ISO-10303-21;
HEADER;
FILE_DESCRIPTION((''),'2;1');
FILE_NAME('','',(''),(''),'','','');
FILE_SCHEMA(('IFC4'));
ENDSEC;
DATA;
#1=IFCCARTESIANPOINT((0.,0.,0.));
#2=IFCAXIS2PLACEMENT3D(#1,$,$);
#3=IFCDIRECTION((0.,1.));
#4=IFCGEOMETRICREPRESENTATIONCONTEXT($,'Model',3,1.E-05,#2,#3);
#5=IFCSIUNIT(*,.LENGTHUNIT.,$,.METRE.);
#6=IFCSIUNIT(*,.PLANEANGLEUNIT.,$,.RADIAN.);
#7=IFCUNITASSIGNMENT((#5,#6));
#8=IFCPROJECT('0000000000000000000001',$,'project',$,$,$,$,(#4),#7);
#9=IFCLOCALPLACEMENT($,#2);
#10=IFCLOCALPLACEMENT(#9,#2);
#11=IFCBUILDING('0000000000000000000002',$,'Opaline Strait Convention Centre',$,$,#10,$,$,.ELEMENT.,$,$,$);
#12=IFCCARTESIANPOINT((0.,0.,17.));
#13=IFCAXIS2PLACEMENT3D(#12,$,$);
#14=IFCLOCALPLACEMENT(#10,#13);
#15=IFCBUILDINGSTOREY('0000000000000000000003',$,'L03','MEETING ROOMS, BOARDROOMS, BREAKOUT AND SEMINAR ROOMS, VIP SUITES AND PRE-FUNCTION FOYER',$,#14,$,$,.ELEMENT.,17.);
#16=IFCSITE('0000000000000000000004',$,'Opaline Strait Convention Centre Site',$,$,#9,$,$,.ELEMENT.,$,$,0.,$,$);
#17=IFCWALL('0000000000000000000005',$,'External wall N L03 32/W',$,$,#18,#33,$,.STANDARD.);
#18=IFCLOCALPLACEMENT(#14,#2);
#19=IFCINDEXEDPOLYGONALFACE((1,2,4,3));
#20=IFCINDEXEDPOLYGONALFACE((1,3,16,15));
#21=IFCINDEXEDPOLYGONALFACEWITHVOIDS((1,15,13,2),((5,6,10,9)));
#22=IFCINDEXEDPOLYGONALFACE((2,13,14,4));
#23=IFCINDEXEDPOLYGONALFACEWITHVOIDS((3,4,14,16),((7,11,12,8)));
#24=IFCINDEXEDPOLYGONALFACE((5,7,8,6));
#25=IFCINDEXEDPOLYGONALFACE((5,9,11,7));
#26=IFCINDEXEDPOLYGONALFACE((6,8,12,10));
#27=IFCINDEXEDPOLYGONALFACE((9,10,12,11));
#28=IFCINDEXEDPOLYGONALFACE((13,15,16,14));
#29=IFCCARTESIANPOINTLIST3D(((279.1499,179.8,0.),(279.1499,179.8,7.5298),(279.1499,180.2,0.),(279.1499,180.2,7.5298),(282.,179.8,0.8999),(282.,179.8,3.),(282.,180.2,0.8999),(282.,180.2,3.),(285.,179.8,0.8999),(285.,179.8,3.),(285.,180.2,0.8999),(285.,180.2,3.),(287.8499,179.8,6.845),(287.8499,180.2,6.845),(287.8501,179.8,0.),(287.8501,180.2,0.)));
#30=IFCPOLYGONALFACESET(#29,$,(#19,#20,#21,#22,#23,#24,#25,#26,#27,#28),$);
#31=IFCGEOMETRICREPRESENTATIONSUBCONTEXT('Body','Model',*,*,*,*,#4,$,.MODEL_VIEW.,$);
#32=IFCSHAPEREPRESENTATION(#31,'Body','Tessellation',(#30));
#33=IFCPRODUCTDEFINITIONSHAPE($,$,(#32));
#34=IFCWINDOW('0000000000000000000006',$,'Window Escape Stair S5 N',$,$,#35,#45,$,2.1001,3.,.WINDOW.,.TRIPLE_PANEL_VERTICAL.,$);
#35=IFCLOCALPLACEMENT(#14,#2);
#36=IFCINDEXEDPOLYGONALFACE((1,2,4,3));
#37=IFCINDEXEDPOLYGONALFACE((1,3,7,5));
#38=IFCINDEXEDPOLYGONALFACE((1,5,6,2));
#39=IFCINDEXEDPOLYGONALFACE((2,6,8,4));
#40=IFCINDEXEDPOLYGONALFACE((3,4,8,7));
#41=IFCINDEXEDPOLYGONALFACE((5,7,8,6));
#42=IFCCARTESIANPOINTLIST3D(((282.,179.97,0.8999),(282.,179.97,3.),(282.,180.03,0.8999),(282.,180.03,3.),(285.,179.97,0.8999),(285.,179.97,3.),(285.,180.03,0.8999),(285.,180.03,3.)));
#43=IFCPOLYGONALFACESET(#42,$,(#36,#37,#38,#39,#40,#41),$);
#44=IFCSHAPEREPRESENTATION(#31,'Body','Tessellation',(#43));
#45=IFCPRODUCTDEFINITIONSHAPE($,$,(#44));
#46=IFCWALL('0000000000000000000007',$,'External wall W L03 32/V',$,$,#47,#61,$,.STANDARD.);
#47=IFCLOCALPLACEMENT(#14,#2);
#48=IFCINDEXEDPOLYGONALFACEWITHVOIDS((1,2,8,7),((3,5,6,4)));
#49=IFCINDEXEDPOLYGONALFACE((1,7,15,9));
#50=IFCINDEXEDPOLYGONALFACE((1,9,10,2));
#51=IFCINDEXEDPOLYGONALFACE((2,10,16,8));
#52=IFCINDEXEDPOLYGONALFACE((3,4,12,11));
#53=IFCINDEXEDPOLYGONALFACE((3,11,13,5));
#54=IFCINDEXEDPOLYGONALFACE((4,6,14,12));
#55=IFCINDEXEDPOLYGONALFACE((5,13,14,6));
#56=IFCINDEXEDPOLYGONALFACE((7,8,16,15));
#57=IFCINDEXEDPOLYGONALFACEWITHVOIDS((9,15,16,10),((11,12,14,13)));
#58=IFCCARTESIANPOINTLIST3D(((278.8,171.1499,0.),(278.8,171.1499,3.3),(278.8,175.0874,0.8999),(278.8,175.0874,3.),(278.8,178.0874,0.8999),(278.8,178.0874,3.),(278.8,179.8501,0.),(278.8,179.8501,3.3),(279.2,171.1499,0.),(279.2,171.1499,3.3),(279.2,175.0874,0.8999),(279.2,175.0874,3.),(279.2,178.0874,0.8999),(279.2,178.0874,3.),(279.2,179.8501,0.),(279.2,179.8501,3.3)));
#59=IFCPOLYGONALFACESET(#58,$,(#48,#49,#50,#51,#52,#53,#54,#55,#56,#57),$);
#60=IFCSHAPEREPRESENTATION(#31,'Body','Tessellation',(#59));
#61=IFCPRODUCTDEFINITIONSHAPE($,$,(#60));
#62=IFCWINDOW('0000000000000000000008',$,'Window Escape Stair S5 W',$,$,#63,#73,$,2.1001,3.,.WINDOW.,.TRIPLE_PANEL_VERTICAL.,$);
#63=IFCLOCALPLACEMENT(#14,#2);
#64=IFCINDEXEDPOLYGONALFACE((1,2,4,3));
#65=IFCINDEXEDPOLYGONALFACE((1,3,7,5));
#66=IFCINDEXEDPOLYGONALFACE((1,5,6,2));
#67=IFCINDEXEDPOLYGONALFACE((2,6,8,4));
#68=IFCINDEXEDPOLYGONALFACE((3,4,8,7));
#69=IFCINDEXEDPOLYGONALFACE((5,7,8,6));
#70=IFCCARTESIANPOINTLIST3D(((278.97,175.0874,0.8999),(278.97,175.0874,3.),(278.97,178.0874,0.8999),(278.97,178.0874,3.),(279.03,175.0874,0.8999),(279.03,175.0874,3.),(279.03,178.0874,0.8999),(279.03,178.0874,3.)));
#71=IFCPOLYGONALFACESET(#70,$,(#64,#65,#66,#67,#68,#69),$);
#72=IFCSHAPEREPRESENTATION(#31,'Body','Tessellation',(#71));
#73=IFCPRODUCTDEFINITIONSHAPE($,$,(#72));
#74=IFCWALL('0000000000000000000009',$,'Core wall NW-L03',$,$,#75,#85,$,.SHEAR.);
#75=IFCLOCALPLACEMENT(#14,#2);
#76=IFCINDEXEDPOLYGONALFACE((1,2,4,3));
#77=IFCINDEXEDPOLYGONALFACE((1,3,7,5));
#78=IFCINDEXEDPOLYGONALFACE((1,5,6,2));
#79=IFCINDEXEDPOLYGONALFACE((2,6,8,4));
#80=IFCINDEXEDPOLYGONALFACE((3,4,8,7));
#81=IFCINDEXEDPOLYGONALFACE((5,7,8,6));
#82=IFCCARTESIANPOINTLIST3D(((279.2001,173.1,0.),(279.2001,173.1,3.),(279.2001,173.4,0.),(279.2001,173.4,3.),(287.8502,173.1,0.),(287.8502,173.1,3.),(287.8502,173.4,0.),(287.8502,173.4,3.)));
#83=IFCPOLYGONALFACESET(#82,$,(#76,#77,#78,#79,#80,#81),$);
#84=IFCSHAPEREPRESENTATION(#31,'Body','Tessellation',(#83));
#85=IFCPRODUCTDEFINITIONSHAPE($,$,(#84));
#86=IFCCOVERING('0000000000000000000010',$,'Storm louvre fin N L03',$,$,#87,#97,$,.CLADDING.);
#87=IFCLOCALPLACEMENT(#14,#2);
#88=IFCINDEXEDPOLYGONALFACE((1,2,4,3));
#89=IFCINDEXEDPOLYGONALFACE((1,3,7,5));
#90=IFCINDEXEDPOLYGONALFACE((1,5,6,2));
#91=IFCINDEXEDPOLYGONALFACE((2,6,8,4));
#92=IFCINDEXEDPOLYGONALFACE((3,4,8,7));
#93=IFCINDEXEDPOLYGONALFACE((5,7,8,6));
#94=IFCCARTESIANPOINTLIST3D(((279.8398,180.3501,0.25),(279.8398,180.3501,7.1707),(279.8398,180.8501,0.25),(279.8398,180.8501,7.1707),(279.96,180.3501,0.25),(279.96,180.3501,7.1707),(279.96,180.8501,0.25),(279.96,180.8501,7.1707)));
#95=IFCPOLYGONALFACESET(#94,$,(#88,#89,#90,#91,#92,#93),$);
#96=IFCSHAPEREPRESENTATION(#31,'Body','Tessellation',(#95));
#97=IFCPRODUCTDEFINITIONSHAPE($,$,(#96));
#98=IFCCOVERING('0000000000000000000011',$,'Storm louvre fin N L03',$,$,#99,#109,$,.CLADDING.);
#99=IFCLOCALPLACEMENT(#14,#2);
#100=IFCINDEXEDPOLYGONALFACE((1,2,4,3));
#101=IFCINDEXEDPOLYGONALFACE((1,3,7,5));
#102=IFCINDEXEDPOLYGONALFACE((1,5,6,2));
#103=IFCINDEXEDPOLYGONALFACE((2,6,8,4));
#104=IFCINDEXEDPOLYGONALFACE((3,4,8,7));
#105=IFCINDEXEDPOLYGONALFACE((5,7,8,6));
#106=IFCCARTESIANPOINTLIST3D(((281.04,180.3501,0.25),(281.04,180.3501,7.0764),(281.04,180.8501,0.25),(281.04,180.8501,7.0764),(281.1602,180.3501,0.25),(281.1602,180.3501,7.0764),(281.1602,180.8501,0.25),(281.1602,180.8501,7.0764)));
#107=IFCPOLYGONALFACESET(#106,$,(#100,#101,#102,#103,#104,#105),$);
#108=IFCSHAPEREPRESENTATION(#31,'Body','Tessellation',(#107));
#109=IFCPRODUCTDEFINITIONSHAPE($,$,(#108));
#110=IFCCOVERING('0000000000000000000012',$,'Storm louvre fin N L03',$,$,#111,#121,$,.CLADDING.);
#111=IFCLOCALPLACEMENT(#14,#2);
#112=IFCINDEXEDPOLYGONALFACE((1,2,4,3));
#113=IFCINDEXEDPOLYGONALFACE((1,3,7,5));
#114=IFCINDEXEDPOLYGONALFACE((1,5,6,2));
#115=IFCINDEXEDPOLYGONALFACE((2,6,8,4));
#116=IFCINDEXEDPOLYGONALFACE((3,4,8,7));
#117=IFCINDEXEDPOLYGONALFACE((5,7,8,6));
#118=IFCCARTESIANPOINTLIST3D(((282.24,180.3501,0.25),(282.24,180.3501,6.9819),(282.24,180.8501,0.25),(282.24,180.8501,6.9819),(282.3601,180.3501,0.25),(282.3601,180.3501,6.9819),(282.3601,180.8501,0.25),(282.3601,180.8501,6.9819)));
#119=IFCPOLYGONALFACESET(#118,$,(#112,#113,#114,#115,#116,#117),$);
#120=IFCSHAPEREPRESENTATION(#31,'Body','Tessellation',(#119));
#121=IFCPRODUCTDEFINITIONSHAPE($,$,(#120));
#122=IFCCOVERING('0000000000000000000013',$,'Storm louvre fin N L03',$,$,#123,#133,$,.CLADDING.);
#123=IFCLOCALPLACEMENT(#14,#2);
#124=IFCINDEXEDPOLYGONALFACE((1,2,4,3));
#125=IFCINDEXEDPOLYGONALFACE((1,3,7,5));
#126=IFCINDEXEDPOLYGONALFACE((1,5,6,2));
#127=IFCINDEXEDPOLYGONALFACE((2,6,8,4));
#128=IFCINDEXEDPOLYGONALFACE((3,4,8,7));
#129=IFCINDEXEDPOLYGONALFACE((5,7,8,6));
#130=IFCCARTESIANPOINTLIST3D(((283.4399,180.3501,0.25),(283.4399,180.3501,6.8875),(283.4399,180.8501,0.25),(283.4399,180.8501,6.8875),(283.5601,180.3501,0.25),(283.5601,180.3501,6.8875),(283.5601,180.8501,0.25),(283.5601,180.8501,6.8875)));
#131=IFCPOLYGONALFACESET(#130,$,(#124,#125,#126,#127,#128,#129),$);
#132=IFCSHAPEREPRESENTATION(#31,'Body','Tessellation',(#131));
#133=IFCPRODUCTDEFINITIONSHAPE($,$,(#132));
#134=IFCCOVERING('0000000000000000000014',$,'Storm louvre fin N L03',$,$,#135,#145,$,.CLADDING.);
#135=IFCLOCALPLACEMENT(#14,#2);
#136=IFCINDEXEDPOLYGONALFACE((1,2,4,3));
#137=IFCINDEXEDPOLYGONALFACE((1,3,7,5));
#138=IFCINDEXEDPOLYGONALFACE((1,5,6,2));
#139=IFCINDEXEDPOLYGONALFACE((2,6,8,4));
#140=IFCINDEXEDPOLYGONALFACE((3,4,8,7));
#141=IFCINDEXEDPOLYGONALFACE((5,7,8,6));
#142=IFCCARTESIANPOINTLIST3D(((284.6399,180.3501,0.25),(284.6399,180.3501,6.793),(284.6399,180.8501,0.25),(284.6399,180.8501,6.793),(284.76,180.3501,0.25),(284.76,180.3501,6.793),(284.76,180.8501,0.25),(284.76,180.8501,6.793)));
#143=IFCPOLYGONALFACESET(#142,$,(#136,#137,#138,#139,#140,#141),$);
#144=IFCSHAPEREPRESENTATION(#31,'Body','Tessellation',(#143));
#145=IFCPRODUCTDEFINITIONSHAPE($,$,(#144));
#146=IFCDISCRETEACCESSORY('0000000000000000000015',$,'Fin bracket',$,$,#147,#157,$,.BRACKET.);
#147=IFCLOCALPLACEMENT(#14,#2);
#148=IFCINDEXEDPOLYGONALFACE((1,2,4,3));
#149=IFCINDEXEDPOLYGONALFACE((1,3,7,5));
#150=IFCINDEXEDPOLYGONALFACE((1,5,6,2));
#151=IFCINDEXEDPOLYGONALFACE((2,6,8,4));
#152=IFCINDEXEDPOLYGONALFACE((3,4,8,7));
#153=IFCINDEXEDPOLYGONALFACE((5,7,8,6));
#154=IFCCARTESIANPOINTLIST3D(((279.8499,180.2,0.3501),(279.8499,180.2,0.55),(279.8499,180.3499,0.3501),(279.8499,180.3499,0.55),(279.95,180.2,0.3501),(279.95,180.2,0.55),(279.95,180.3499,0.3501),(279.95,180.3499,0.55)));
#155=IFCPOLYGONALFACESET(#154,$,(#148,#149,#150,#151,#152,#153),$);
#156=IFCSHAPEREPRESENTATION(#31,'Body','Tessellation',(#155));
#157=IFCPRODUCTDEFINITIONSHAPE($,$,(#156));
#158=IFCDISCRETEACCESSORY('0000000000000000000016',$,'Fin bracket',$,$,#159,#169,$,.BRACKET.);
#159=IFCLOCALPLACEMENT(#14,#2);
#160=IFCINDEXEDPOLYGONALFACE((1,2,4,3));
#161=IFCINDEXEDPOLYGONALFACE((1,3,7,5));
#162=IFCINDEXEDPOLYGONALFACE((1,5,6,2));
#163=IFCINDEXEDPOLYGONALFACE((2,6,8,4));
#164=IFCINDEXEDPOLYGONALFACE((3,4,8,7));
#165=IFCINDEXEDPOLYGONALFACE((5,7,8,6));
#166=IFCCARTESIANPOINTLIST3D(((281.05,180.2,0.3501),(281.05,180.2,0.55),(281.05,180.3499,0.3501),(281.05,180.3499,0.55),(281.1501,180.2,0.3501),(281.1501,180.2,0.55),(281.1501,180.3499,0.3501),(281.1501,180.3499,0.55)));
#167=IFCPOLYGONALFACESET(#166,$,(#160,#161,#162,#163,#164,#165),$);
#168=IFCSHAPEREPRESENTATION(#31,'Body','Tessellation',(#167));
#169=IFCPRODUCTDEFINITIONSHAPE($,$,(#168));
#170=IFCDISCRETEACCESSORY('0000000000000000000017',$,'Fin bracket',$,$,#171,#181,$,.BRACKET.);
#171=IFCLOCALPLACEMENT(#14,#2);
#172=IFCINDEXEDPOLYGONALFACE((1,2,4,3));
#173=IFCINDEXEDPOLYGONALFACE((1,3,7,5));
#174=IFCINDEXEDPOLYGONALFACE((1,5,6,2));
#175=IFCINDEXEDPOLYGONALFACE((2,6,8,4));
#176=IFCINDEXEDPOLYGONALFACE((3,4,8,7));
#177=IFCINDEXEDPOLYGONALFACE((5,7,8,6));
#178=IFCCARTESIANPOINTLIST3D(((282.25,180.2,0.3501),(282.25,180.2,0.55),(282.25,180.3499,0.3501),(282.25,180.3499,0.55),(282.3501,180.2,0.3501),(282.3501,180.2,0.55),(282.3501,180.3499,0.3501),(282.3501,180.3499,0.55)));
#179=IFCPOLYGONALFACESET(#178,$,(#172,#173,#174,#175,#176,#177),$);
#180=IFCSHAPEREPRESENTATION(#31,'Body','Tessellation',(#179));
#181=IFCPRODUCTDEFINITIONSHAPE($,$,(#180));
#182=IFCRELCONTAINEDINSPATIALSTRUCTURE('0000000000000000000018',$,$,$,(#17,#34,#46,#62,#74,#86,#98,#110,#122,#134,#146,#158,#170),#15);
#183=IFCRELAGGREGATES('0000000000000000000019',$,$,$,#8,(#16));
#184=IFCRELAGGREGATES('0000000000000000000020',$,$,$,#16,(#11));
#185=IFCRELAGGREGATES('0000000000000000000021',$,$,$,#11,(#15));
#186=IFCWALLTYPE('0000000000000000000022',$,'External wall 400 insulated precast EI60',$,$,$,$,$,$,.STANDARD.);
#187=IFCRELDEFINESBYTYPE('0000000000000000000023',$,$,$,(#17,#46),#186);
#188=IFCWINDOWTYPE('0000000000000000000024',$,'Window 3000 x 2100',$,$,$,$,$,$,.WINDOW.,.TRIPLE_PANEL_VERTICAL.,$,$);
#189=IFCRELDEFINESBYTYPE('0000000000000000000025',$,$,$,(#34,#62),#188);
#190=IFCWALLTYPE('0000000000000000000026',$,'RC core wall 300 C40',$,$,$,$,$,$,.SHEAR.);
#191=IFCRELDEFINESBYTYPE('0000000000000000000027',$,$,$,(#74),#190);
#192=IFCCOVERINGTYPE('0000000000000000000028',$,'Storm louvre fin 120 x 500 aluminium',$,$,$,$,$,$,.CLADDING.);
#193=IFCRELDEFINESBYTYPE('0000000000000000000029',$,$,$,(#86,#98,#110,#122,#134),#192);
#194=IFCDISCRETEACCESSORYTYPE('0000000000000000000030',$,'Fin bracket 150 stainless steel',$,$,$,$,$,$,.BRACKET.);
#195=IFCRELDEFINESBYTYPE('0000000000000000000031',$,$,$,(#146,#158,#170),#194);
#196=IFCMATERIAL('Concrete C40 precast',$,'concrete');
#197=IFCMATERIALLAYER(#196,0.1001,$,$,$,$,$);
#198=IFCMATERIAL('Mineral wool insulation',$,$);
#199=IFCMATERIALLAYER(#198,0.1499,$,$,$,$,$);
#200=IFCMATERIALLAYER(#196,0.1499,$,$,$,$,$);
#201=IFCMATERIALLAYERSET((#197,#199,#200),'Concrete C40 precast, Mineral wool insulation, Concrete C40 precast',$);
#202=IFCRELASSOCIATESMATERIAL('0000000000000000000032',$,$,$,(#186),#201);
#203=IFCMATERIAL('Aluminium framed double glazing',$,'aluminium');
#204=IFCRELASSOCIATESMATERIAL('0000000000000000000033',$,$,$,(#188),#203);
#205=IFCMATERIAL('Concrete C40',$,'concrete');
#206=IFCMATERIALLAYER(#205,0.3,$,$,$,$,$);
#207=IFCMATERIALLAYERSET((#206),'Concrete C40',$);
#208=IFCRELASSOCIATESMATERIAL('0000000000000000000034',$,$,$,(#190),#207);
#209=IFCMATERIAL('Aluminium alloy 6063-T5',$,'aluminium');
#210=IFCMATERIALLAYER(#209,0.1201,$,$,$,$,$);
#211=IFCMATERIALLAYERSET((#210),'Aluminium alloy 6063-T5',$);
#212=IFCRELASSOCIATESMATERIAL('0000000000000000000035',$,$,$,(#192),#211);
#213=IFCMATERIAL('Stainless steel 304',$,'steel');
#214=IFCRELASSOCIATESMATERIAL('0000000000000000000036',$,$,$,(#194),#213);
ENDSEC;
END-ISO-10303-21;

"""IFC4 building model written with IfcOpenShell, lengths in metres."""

from ifc_helpers import new_model, si_unit, direction, frame, frame_2d, origin, origin_2d, place, context, subcontext, project, spatial, polyline, rectangle, outline, extrude, material, layer, layer_set, type_object, element, fill, save


model = new_model("IFC4")

# Units and contexts
model_context = context("Model", 3, precision=1e-05, world=origin(), true_north=direction((0.0, 1.0)))
body_context = subcontext(model_context, "Body", "Model", "MODEL_VIEW")
ifc_project = project(units=[si_unit("LENGTHUNIT", "METRE"), si_unit("PLANEANGLEUNIT", "RADIAN")], contexts=[model_context])

# Site, building, storey
site_placement = place(None, origin())
site = spatial("IfcSite", under=ifc_project, at=site_placement, Name="Opaline Strait Convention Centre Site", CompositionType="ELEMENT", RefElevation=0.0)
building_placement = place(site_placement, origin())
building = spatial("IfcBuilding", under=site, at=building_placement, Name="Opaline Strait Convention Centre", CompositionType="ELEMENT")
storey_placement = place(building_placement, frame((0.0, 0.0, 17.0)))
storey = spatial("IfcBuildingStorey", under=building, at=storey_placement, Name="L03", Description="MEETING ROOMS, BOARDROOMS, BREAKOUT AND SEMINAR ROOMS, VIP SUITES AND PRE-FUNCTION FOYER", CompositionType="ELEMENT", Elevation=17.0)

# Shared definitions
ifc_material_1 = material(Name="Aluminium framed double glazing", Category="aluminium")

# Walls, openings, windows
ifc_material_2 = material(Name="Concrete C40 precast", Category="concrete")
ifc_layer_1 = layer(ifc_material_2, 0.1001)
ifc_material_3 = material(Name="Mineral wool insulation")
ifc_layer_2 = layer(ifc_material_3, 0.1499)
ifc_layer_3 = layer(ifc_material_2, 0.1499)
ifc_layer_set_1 = layer_set([ifc_layer_1, ifc_layer_2, ifc_layer_3], Name="Concrete C40 precast, Mineral wool insulation, Concrete C40 precast")
wall_type_1 = type_object("IfcWallType", Name="External wall 400 insulated precast EI60", PredefinedType="STANDARD", material=ifc_layer_set_1)
wall_1_placement = place(storey_placement, frame((279.1499, 180.0, 0.0), z_axis=(0.0, 0.0, 1.0), x_axis=(1.0, 0.0, 0.0)))
wall_1 = element("IfcWall", 1, at=wall_1_placement, inside=storey, type_object=wall_type_1, Name="External wall N L03 32/W", PredefinedType="STANDARD", context=body_context, shape_type="SweptSolid", body=[
    extrude(outline(polyline([(0.0, 0.0), (8.7002, 0.0), (8.7, 6.845), (0.0, 7.5298), (0.0, 0.0)])), frame((0.0, 0.2, 0.0), z_axis=(0.0, -1.0, 0.0), x_axis=(1.0, 0.0, 0.0)), (0.0, 0.0, 1.0), 0.3999),
])
opening_1_placement = place(wall_1_placement, frame((2.8501, 0.0, 0.8999)))
opening_1 = element("IfcOpeningElement", 2, at=opening_1_placement, cuts=wall_1, PredefinedType="OPENING", context=body_context, shape_type="SweptSolid", body=[
    extrude(rectangle(XDim=3.0, YDim=2.1001, at=frame_2d((1.5, 1.05))), frame((0.0, 0.21, 0.0), z_axis=(0.0, -1.0, 0.0), x_axis=(1.0, 0.0, 0.0)), (0.0, 0.0, 1.0), 0.4199),
])
window_type = type_object("IfcWindowType", Name="Window 3000 x 2100", PartitioningType="TRIPLE_PANEL_VERTICAL", PredefinedType="WINDOW", material=ifc_material_1)
window_1_placement = place(opening_1_placement, origin())
window_1 = element("IfcWindow", 3, at=window_1_placement, inside=storey, type_object=window_type, Name="Window Escape Stair S5 N", OverallHeight=2.1001, OverallWidth=3.0, PartitioningType="TRIPLE_PANEL_VERTICAL", PredefinedType="WINDOW", context=body_context, shape_type="SweptSolid", body=[
    extrude(rectangle(XDim=3.0, YDim=2.1001, at=frame_2d((1.5, 1.05))), frame((0.0, 0.03, 0.0), z_axis=(0.0, -1.0, 0.0), x_axis=(1.0, 0.0, 0.0)), (0.0, 0.0, 1.0), 0.0601),
])
fill(opening_1, window_1)
wall_2_placement = place(storey_placement, frame((279.0, 171.1499, 0.0), z_axis=(0.0, 0.0, 1.0), x_axis=(0.0, 1.0, 0.0)))
wall_2 = element("IfcWall", 4, at=wall_2_placement, inside=storey, type_object=wall_type_1, Name="External wall W L03 32/V", PredefinedType="STANDARD", context=body_context, shape_type="SweptSolid", body=[
    extrude(rectangle(XDim=8.7002, YDim=0.3999, at=frame_2d((4.3501, 0.0))), origin(), (0.0, 0.0, 1.0), 3.3),
])
opening_2_placement = place(wall_2_placement, frame((3.9375, 0.0, 0.8999)))
opening_2 = element("IfcOpeningElement", 5, at=opening_2_placement, cuts=wall_2, PredefinedType="OPENING", context=body_context, shape_type="SweptSolid", body=[
    extrude(rectangle(XDim=3.0, YDim=2.1001, at=frame_2d((1.5, 1.05))), frame((0.0, 0.21, 0.0), z_axis=(0.0, -1.0, 0.0), x_axis=(1.0, 0.0, 0.0)), (0.0, 0.0, 1.0), 0.4199),
])
window_2_placement = place(opening_2_placement, origin())
window_2 = element("IfcWindow", 6, at=window_2_placement, inside=storey, type_object=window_type, Name="Window Escape Stair S5 W", OverallHeight=2.1001, OverallWidth=3.0, PartitioningType="TRIPLE_PANEL_VERTICAL", PredefinedType="WINDOW", context=body_context, shape_type="SweptSolid", body=[
    extrude(rectangle(XDim=3.0, YDim=2.1001, at=frame_2d((1.5, 1.05))), frame((0.0, 0.03, 0.0), z_axis=(0.0, -1.0, 0.0), x_axis=(1.0, 0.0, 0.0)), (0.0, 0.0, 1.0), 0.0601),
])
fill(opening_2, window_2)

# Wall
ifc_material_4 = material(Name="Concrete C40", Category="concrete")
ifc_layer_4 = layer(ifc_material_4, 0.3)
ifc_layer_set_2 = layer_set([ifc_layer_4], Name="Concrete C40")
wall_type_2 = type_object("IfcWallType", Name="RC core wall 300 C40", PredefinedType="SHEAR", material=ifc_layer_set_2)
wall_3_placement = place(storey_placement, frame((279.2, 173.25, 0.0), z_axis=(0.0, 0.0, 1.0), x_axis=(1.0, 0.0, 0.0)))
element("IfcWall", 7, at=wall_3_placement, inside=storey, type_object=wall_type_2, Name="Core wall NW-L03", PredefinedType="SHEAR", context=body_context, shape_type="SweptSolid", body=[
    extrude(rectangle(XDim=8.6501, YDim=0.3, at=frame_2d((4.3252, 0.0))), origin(), (0.0, 0.0, 1.0), 3.0),
])

# Coverings
ifc_material_5 = material(Name="Aluminium alloy 6063-T5", Category="aluminium")
ifc_layer_5 = layer(ifc_material_5, 0.1201)
ifc_layer_set_3 = layer_set([ifc_layer_5], Name="Aluminium alloy 6063-T5")
covering_type = type_object("IfcCoveringType", Name="Storm louvre fin 120 x 500 aluminium", PredefinedType="CLADDING", material=ifc_layer_set_3)
covering_1_placement = place(storey_placement, frame((279.8999, 180.6001, 0.25), z_axis=(0.0, 0.0, 1.0), x_axis=(1.0, 0.0, 0.0)))
element("IfcCovering", 8, at=covering_1_placement, inside=storey, type_object=covering_type, Name="Storm louvre fin N L03", PredefinedType="CLADDING", context=body_context, shape_type="SweptSolid", body=[
    extrude(rectangle(XDim=0.1201, YDim=0.5, at=origin_2d()), origin(), (0.0, 0.0, 1.0), 6.9207),
])
covering_2_placement = place(storey_placement, frame((281.1001, 180.6001, 0.25), z_axis=(0.0, 0.0, 1.0), x_axis=(1.0, 0.0, 0.0)))
element("IfcCovering", 9, at=covering_2_placement, inside=storey, type_object=covering_type, Name="Storm louvre fin N L03", PredefinedType="CLADDING", context=body_context, shape_type="SweptSolid", body=[
    extrude(rectangle(XDim=0.1201, YDim=0.5, at=origin_2d()), origin(), (0.0, 0.0, 1.0), 6.8264),
])
covering_3_placement = place(storey_placement, frame((282.3, 180.6001, 0.25), z_axis=(0.0, 0.0, 1.0), x_axis=(1.0, 0.0, 0.0)))
element("IfcCovering", 10, at=covering_3_placement, inside=storey, type_object=covering_type, Name="Storm louvre fin N L03", PredefinedType="CLADDING", context=body_context, shape_type="SweptSolid", body=[
    extrude(rectangle(XDim=0.1201, YDim=0.5, at=origin_2d()), origin(), (0.0, 0.0, 1.0), 6.7319),
])
covering_4_placement = place(storey_placement, frame((283.5, 180.6001, 0.25), z_axis=(0.0, 0.0, 1.0), x_axis=(1.0, 0.0, 0.0)))
element("IfcCovering", 11, at=covering_4_placement, inside=storey, type_object=covering_type, Name="Storm louvre fin N L03", PredefinedType="CLADDING", context=body_context, shape_type="SweptSolid", body=[
    extrude(rectangle(XDim=0.1201, YDim=0.5, at=origin_2d()), origin(), (0.0, 0.0, 1.0), 6.6375),
])
covering_5_placement = place(storey_placement, frame((284.7, 180.6001, 0.25), z_axis=(0.0, 0.0, 1.0), x_axis=(1.0, 0.0, 0.0)))
element("IfcCovering", 12, at=covering_5_placement, inside=storey, type_object=covering_type, Name="Storm louvre fin N L03", PredefinedType="CLADDING", context=body_context, shape_type="SweptSolid", body=[
    extrude(rectangle(XDim=0.1201, YDim=0.5, at=origin_2d()), origin(), (0.0, 0.0, 1.0), 6.543),
])

# Discrete accessories
ifc_material_6 = material(Name="Stainless steel 304", Category="steel")
discrete_accessory_type = type_object("IfcDiscreteAccessoryType", Name="Fin bracket 150 stainless steel", PredefinedType="BRACKET", material=ifc_material_6)
for number, where, z_axis, x_axis, name in (
    (13, (279.8999, 180.2749, 0.3501), (0.0, 0.0, 1.0), (1.0, 0.0, 0.0), "Fin bracket"),
    (14, (281.1001, 180.2749, 0.3501), (0.0, 0.0, 1.0), (1.0, 0.0, 0.0), "Fin bracket"),
    (15, (282.3, 180.2749, 0.3501), (0.0, 0.0, 1.0), (1.0, 0.0, 0.0), "Fin bracket"),
):
    element("IfcDiscreteAccessory", number, at=place(storey_placement, frame(where, z_axis=z_axis, x_axis=x_axis)), inside=storey, type_object=discrete_accessory_type, Name=name, PredefinedType="BRACKET", context=body_context, shape_type="SweptSolid", body=[
        extrude(rectangle(XDim=0.1001, YDim=0.1499, at=origin_2d()), origin(), (0.0, 0.0, 1.0), 0.2),
    ])

save(model, "model.ifc")
